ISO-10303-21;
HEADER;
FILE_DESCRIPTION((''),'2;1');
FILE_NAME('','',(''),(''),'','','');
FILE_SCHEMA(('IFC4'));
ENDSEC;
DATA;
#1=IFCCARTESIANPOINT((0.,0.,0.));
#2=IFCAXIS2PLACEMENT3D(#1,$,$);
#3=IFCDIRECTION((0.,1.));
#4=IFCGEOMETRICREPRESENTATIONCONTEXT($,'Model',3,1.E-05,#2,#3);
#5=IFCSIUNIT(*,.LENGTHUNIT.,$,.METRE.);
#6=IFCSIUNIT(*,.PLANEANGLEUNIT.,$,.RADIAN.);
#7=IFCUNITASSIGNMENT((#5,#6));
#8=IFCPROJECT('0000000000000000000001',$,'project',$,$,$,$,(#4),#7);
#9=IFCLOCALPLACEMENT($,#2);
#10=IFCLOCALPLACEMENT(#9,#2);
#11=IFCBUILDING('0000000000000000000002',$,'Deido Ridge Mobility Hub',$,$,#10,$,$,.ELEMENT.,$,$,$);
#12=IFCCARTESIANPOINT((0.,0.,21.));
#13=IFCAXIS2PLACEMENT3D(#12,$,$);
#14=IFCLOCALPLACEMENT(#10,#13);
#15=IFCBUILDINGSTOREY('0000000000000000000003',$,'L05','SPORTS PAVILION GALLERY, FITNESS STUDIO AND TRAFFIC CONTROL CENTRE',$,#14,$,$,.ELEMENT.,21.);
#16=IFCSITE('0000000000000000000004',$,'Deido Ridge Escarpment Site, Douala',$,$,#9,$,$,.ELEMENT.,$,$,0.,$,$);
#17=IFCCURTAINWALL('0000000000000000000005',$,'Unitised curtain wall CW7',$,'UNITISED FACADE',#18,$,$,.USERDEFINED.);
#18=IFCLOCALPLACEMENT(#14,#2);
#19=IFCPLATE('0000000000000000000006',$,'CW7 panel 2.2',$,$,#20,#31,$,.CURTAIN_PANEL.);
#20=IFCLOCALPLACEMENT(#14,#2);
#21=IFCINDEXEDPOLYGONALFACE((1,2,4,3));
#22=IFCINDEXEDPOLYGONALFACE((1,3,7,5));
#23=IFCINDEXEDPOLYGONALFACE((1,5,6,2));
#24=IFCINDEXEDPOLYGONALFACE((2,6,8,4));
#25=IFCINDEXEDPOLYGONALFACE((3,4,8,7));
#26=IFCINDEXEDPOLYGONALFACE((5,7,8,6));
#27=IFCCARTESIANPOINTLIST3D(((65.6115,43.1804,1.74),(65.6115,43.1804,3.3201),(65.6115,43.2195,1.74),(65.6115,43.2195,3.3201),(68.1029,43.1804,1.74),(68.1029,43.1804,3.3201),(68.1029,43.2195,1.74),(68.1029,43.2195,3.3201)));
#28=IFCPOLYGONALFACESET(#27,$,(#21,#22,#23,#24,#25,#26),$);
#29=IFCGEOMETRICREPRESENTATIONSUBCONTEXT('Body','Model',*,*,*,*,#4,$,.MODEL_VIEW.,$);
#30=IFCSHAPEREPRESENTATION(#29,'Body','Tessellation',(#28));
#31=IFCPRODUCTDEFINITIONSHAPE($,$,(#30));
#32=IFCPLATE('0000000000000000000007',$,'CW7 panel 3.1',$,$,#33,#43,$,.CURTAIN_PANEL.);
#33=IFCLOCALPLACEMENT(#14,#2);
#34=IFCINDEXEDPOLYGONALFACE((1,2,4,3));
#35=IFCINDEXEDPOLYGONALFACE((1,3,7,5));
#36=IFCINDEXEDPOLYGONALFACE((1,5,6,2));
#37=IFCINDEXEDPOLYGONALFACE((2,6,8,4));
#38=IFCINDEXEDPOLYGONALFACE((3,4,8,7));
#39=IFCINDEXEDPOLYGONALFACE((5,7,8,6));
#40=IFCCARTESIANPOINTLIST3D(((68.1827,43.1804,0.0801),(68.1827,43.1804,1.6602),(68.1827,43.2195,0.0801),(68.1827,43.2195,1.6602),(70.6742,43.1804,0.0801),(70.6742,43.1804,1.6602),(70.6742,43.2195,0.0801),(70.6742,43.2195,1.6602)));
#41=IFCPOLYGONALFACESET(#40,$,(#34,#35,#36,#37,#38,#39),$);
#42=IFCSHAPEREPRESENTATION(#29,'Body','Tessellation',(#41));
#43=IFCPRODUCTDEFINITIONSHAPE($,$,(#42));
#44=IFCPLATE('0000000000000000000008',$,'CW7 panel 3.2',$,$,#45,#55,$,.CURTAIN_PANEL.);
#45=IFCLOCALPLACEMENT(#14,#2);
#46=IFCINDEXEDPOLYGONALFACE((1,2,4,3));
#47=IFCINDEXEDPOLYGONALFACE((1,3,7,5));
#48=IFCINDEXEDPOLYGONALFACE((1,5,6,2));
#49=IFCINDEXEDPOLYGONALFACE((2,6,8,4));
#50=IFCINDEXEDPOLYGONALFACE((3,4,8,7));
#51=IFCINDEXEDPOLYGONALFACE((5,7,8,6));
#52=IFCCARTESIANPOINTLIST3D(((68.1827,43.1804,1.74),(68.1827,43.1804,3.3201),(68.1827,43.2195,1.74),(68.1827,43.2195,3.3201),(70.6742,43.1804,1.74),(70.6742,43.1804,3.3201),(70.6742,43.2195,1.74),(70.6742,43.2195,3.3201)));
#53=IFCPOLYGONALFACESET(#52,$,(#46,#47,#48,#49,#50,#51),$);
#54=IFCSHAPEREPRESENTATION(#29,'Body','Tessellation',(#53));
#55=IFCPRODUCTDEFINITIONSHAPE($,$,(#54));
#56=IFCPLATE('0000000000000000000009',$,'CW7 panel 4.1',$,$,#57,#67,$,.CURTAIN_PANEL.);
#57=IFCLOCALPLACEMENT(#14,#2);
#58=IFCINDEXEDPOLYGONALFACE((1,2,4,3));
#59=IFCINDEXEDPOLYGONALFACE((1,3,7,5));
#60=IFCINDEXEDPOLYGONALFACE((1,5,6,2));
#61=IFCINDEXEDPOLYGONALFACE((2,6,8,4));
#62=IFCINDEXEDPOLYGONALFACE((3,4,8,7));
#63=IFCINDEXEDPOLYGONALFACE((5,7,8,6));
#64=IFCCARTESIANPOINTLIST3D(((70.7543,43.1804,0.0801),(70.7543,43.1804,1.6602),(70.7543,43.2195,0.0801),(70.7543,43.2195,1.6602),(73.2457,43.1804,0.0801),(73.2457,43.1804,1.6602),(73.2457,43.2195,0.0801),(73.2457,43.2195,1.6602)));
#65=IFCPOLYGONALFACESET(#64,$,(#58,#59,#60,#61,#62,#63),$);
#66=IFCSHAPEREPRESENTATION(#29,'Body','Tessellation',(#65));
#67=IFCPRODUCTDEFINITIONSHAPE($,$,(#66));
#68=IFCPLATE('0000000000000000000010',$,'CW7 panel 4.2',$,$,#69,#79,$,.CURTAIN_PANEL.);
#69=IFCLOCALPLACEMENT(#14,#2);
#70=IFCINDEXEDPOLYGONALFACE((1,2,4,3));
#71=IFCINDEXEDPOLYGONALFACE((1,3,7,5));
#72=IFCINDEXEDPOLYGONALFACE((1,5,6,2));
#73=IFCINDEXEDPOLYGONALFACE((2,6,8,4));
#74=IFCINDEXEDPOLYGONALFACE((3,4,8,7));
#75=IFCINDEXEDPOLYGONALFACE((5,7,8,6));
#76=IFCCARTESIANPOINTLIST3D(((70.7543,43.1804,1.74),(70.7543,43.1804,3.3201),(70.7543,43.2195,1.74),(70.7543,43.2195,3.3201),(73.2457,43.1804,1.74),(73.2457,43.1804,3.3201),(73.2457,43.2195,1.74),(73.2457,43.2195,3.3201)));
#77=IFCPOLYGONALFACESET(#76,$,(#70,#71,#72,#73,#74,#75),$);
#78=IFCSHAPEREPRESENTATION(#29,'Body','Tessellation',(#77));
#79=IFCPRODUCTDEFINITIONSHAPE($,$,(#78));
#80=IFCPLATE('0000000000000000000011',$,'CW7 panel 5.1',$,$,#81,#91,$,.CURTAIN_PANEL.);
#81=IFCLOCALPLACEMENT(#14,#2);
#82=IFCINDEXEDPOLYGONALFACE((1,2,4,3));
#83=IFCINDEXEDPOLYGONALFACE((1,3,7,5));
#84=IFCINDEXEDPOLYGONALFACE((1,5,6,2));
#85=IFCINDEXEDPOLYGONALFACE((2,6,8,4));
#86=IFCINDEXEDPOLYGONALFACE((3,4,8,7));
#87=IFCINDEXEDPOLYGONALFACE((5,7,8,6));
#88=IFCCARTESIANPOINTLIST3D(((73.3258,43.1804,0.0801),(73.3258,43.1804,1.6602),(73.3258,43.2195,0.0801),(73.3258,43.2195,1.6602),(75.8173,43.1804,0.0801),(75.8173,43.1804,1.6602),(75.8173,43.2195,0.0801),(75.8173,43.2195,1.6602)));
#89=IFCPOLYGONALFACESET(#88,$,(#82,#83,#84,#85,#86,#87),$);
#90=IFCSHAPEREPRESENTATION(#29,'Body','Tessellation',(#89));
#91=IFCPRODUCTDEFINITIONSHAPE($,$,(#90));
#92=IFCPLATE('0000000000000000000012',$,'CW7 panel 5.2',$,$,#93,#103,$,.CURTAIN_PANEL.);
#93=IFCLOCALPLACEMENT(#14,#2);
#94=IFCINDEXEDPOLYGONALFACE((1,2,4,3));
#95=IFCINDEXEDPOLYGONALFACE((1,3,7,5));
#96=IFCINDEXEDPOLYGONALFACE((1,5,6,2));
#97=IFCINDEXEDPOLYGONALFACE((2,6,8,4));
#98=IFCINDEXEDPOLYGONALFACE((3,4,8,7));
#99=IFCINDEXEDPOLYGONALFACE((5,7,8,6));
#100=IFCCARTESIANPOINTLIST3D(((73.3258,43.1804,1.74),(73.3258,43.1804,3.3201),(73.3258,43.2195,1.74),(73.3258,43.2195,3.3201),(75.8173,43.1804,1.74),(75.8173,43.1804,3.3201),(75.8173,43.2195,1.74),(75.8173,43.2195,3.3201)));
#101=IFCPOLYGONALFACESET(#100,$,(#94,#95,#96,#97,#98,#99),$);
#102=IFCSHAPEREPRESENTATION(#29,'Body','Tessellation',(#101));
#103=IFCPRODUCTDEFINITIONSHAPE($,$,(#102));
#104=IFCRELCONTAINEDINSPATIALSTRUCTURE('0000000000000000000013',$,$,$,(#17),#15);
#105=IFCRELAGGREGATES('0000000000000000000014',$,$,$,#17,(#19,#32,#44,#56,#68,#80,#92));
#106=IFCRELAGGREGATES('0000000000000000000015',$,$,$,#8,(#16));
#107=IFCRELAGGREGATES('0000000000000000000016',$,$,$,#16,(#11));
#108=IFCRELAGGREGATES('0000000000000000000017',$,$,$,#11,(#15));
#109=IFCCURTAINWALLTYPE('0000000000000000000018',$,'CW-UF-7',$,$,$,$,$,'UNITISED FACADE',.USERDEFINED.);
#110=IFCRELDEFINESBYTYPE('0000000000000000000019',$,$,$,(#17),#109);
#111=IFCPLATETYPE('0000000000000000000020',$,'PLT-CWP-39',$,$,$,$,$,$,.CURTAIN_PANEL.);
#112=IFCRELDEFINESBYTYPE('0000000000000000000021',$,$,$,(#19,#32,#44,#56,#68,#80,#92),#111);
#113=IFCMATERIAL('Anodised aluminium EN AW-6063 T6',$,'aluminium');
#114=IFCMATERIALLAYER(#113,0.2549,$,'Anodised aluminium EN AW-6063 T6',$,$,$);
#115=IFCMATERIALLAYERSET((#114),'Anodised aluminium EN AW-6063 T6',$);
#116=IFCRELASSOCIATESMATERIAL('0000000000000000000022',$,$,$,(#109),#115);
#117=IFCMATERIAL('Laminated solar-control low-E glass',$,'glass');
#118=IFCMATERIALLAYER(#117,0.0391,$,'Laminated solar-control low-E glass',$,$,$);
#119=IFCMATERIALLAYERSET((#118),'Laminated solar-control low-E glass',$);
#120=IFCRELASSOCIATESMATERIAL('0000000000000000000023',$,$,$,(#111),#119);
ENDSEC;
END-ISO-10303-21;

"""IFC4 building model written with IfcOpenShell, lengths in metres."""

from ifc_helpers import new_model, si_unit, direction, frame, origin, origin_2d, place, context, subcontext, project, spatial, rectangle, extrude, material, layer, layer_set, type_object, element, aggregate, save


model = new_model("IFC4")

# Units and contexts
model_context = context("Model", 3, precision=1e-05, world=origin(), true_north=direction((0.0, 1.0)))
body_context = subcontext(model_context, "Body", "Model", "MODEL_VIEW")
ifc_project = project(units=[si_unit("LENGTHUNIT", "METRE"), si_unit("PLANEANGLEUNIT", "RADIAN")], contexts=[model_context])

# Site, building, storey
site_placement = place(None, origin())
site = spatial("IfcSite", under=ifc_project, at=site_placement, Name="Deido Ridge Escarpment Site, Douala", CompositionType="ELEMENT", RefElevation=0.0)
building_placement = place(site_placement, origin())
building = spatial("IfcBuilding", under=site, at=building_placement, Name="Deido Ridge Mobility Hub", CompositionType="ELEMENT")
storey_placement = place(building_placement, frame((0.0, 0.0, 21.0)))
storey = spatial("IfcBuildingStorey", under=building, at=storey_placement, Name="L05", Description="SPORTS PAVILION GALLERY, FITNESS STUDIO AND TRAFFIC CONTROL CENTRE", CompositionType="ELEMENT", Elevation=21.0)

# Curtain wall, plates
ifc_material_1 = material(Name="Anodised aluminium EN AW-6063 T6", Category="aluminium")
ifc_layer_1 = layer(ifc_material_1, 0.2549, Name="Anodised aluminium EN AW-6063 T6")
ifc_layer_set_1 = layer_set([ifc_layer_1], Name="Anodised aluminium EN AW-6063 T6")
curtain_wall_type = type_object("IfcCurtainWallType", Name="CW-UF-7", ElementType="UNITISED FACADE", PredefinedType="USERDEFINED", material=ifc_layer_set_1)
curtain_wall_placement = place(storey_placement, origin())
curtain_wall = element("IfcCurtainWall", 1, at=curtain_wall_placement, inside=storey, type_object=curtain_wall_type, Name="Unitised curtain wall CW7", ObjectType="UNITISED FACADE", PredefinedType="USERDEFINED")
ifc_material_2 = material(Name="Laminated solar-control low-E glass", Category="glass")
ifc_layer_2 = layer(ifc_material_2, 0.0391, Name="Laminated solar-control low-E glass")
ifc_layer_set_2 = layer_set([ifc_layer_2], Name="Laminated solar-control low-E glass")
plate_type = type_object("IfcPlateType", Name="PLT-CWP-39", PredefinedType="CURTAIN_PANEL", material=ifc_layer_set_2)
plate_1_placement = place(storey_placement, frame((66.8572, 43.2, 1.74), z_axis=(0.0, 0.0, 1.0), x_axis=(1.0, 0.0, 0.0)))
plate_1 = element("IfcPlate", 2, at=plate_1_placement, type_object=plate_type, Name="CW7 panel 2.2", PredefinedType="CURTAIN_PANEL", context=body_context, shape_type="SweptSolid", body=[
    extrude(rectangle(XDim=2.4915, YDim=0.0391, at=origin_2d()), origin(), (0.0, 0.0, 1.0), 1.5801),
])
plate_2_placement = place(storey_placement, frame((69.4285, 43.2, 0.0801), z_axis=(0.0, 0.0, 1.0), x_axis=(1.0, 0.0, 0.0)))
plate_2 = element("IfcPlate", 3, at=plate_2_placement, type_object=plate_type, Name="CW7 panel 3.1", PredefinedType="CURTAIN_PANEL", context=body_context, shape_type="SweptSolid", body=[
    extrude(rectangle(XDim=2.4915, YDim=0.0391, at=origin_2d()), origin(), (0.0, 0.0, 1.0), 1.5801),
])
plate_3_placement = place(storey_placement, frame((69.4285, 43.2, 1.74), z_axis=(0.0, 0.0, 1.0), x_axis=(1.0, 0.0, 0.0)))
plate_3 = element("IfcPlate", 4, at=plate_3_placement, type_object=plate_type, Name="CW7 panel 3.2", PredefinedType="CURTAIN_PANEL", context=body_context, shape_type="SweptSolid", body=[
    extrude(rectangle(XDim=2.4915, YDim=0.0391, at=origin_2d()), origin(), (0.0, 0.0, 1.0), 1.5801),
])
plate_4_placement = place(storey_placement, frame((72.0, 43.2, 0.0801), z_axis=(0.0, 0.0, 1.0), x_axis=(1.0, 0.0, 0.0)))
plate_4 = element("IfcPlate", 5, at=plate_4_placement, type_object=plate_type, Name="CW7 panel 4.1", PredefinedType="CURTAIN_PANEL", context=body_context, shape_type="SweptSolid", body=[
    extrude(rectangle(XDim=2.4915, YDim=0.0391, at=origin_2d()), origin(), (0.0, 0.0, 1.0), 1.5801),
])
plate_5_placement = place(storey_placement, frame((72.0, 43.2, 1.74), z_axis=(0.0, 0.0, 1.0), x_axis=(1.0, 0.0, 0.0)))
plate_5 = element("IfcPlate", 6, at=plate_5_placement, type_object=plate_type, Name="CW7 panel 4.2", PredefinedType="CURTAIN_PANEL", context=body_context, shape_type="SweptSolid", body=[
    extrude(rectangle(XDim=2.4915, YDim=0.0391, at=origin_2d()), origin(), (0.0, 0.0, 1.0), 1.5801),
])
plate_6_placement = place(storey_placement, frame((74.5715, 43.2, 0.0801), z_axis=(0.0, 0.0, 1.0), x_axis=(1.0, 0.0, 0.0)))
plate_6 = element("IfcPlate", 7, at=plate_6_placement, type_object=plate_type, Name="CW7 panel 5.1", PredefinedType="CURTAIN_PANEL", context=body_context, shape_type="SweptSolid", body=[
    extrude(rectangle(XDim=2.4915, YDim=0.0391, at=origin_2d()), origin(), (0.0, 0.0, 1.0), 1.5801),
])
plate_7_placement = place(storey_placement, frame((74.5715, 43.2, 1.74), z_axis=(0.0, 0.0, 1.0), x_axis=(1.0, 0.0, 0.0)))
plate_7 = element("IfcPlate", 8, at=plate_7_placement, type_object=plate_type, Name="CW7 panel 5.2", PredefinedType="CURTAIN_PANEL", context=body_context, shape_type="SweptSolid", body=[
    extrude(rectangle(XDim=2.4915, YDim=0.0391, at=origin_2d()), origin(), (0.0, 0.0, 1.0), 1.5801),
])
aggregate(curtain_wall, [plate_1, plate_2, plate_3, plate_4, plate_5, plate_6, plate_7])

save(model, "model.ifc")
